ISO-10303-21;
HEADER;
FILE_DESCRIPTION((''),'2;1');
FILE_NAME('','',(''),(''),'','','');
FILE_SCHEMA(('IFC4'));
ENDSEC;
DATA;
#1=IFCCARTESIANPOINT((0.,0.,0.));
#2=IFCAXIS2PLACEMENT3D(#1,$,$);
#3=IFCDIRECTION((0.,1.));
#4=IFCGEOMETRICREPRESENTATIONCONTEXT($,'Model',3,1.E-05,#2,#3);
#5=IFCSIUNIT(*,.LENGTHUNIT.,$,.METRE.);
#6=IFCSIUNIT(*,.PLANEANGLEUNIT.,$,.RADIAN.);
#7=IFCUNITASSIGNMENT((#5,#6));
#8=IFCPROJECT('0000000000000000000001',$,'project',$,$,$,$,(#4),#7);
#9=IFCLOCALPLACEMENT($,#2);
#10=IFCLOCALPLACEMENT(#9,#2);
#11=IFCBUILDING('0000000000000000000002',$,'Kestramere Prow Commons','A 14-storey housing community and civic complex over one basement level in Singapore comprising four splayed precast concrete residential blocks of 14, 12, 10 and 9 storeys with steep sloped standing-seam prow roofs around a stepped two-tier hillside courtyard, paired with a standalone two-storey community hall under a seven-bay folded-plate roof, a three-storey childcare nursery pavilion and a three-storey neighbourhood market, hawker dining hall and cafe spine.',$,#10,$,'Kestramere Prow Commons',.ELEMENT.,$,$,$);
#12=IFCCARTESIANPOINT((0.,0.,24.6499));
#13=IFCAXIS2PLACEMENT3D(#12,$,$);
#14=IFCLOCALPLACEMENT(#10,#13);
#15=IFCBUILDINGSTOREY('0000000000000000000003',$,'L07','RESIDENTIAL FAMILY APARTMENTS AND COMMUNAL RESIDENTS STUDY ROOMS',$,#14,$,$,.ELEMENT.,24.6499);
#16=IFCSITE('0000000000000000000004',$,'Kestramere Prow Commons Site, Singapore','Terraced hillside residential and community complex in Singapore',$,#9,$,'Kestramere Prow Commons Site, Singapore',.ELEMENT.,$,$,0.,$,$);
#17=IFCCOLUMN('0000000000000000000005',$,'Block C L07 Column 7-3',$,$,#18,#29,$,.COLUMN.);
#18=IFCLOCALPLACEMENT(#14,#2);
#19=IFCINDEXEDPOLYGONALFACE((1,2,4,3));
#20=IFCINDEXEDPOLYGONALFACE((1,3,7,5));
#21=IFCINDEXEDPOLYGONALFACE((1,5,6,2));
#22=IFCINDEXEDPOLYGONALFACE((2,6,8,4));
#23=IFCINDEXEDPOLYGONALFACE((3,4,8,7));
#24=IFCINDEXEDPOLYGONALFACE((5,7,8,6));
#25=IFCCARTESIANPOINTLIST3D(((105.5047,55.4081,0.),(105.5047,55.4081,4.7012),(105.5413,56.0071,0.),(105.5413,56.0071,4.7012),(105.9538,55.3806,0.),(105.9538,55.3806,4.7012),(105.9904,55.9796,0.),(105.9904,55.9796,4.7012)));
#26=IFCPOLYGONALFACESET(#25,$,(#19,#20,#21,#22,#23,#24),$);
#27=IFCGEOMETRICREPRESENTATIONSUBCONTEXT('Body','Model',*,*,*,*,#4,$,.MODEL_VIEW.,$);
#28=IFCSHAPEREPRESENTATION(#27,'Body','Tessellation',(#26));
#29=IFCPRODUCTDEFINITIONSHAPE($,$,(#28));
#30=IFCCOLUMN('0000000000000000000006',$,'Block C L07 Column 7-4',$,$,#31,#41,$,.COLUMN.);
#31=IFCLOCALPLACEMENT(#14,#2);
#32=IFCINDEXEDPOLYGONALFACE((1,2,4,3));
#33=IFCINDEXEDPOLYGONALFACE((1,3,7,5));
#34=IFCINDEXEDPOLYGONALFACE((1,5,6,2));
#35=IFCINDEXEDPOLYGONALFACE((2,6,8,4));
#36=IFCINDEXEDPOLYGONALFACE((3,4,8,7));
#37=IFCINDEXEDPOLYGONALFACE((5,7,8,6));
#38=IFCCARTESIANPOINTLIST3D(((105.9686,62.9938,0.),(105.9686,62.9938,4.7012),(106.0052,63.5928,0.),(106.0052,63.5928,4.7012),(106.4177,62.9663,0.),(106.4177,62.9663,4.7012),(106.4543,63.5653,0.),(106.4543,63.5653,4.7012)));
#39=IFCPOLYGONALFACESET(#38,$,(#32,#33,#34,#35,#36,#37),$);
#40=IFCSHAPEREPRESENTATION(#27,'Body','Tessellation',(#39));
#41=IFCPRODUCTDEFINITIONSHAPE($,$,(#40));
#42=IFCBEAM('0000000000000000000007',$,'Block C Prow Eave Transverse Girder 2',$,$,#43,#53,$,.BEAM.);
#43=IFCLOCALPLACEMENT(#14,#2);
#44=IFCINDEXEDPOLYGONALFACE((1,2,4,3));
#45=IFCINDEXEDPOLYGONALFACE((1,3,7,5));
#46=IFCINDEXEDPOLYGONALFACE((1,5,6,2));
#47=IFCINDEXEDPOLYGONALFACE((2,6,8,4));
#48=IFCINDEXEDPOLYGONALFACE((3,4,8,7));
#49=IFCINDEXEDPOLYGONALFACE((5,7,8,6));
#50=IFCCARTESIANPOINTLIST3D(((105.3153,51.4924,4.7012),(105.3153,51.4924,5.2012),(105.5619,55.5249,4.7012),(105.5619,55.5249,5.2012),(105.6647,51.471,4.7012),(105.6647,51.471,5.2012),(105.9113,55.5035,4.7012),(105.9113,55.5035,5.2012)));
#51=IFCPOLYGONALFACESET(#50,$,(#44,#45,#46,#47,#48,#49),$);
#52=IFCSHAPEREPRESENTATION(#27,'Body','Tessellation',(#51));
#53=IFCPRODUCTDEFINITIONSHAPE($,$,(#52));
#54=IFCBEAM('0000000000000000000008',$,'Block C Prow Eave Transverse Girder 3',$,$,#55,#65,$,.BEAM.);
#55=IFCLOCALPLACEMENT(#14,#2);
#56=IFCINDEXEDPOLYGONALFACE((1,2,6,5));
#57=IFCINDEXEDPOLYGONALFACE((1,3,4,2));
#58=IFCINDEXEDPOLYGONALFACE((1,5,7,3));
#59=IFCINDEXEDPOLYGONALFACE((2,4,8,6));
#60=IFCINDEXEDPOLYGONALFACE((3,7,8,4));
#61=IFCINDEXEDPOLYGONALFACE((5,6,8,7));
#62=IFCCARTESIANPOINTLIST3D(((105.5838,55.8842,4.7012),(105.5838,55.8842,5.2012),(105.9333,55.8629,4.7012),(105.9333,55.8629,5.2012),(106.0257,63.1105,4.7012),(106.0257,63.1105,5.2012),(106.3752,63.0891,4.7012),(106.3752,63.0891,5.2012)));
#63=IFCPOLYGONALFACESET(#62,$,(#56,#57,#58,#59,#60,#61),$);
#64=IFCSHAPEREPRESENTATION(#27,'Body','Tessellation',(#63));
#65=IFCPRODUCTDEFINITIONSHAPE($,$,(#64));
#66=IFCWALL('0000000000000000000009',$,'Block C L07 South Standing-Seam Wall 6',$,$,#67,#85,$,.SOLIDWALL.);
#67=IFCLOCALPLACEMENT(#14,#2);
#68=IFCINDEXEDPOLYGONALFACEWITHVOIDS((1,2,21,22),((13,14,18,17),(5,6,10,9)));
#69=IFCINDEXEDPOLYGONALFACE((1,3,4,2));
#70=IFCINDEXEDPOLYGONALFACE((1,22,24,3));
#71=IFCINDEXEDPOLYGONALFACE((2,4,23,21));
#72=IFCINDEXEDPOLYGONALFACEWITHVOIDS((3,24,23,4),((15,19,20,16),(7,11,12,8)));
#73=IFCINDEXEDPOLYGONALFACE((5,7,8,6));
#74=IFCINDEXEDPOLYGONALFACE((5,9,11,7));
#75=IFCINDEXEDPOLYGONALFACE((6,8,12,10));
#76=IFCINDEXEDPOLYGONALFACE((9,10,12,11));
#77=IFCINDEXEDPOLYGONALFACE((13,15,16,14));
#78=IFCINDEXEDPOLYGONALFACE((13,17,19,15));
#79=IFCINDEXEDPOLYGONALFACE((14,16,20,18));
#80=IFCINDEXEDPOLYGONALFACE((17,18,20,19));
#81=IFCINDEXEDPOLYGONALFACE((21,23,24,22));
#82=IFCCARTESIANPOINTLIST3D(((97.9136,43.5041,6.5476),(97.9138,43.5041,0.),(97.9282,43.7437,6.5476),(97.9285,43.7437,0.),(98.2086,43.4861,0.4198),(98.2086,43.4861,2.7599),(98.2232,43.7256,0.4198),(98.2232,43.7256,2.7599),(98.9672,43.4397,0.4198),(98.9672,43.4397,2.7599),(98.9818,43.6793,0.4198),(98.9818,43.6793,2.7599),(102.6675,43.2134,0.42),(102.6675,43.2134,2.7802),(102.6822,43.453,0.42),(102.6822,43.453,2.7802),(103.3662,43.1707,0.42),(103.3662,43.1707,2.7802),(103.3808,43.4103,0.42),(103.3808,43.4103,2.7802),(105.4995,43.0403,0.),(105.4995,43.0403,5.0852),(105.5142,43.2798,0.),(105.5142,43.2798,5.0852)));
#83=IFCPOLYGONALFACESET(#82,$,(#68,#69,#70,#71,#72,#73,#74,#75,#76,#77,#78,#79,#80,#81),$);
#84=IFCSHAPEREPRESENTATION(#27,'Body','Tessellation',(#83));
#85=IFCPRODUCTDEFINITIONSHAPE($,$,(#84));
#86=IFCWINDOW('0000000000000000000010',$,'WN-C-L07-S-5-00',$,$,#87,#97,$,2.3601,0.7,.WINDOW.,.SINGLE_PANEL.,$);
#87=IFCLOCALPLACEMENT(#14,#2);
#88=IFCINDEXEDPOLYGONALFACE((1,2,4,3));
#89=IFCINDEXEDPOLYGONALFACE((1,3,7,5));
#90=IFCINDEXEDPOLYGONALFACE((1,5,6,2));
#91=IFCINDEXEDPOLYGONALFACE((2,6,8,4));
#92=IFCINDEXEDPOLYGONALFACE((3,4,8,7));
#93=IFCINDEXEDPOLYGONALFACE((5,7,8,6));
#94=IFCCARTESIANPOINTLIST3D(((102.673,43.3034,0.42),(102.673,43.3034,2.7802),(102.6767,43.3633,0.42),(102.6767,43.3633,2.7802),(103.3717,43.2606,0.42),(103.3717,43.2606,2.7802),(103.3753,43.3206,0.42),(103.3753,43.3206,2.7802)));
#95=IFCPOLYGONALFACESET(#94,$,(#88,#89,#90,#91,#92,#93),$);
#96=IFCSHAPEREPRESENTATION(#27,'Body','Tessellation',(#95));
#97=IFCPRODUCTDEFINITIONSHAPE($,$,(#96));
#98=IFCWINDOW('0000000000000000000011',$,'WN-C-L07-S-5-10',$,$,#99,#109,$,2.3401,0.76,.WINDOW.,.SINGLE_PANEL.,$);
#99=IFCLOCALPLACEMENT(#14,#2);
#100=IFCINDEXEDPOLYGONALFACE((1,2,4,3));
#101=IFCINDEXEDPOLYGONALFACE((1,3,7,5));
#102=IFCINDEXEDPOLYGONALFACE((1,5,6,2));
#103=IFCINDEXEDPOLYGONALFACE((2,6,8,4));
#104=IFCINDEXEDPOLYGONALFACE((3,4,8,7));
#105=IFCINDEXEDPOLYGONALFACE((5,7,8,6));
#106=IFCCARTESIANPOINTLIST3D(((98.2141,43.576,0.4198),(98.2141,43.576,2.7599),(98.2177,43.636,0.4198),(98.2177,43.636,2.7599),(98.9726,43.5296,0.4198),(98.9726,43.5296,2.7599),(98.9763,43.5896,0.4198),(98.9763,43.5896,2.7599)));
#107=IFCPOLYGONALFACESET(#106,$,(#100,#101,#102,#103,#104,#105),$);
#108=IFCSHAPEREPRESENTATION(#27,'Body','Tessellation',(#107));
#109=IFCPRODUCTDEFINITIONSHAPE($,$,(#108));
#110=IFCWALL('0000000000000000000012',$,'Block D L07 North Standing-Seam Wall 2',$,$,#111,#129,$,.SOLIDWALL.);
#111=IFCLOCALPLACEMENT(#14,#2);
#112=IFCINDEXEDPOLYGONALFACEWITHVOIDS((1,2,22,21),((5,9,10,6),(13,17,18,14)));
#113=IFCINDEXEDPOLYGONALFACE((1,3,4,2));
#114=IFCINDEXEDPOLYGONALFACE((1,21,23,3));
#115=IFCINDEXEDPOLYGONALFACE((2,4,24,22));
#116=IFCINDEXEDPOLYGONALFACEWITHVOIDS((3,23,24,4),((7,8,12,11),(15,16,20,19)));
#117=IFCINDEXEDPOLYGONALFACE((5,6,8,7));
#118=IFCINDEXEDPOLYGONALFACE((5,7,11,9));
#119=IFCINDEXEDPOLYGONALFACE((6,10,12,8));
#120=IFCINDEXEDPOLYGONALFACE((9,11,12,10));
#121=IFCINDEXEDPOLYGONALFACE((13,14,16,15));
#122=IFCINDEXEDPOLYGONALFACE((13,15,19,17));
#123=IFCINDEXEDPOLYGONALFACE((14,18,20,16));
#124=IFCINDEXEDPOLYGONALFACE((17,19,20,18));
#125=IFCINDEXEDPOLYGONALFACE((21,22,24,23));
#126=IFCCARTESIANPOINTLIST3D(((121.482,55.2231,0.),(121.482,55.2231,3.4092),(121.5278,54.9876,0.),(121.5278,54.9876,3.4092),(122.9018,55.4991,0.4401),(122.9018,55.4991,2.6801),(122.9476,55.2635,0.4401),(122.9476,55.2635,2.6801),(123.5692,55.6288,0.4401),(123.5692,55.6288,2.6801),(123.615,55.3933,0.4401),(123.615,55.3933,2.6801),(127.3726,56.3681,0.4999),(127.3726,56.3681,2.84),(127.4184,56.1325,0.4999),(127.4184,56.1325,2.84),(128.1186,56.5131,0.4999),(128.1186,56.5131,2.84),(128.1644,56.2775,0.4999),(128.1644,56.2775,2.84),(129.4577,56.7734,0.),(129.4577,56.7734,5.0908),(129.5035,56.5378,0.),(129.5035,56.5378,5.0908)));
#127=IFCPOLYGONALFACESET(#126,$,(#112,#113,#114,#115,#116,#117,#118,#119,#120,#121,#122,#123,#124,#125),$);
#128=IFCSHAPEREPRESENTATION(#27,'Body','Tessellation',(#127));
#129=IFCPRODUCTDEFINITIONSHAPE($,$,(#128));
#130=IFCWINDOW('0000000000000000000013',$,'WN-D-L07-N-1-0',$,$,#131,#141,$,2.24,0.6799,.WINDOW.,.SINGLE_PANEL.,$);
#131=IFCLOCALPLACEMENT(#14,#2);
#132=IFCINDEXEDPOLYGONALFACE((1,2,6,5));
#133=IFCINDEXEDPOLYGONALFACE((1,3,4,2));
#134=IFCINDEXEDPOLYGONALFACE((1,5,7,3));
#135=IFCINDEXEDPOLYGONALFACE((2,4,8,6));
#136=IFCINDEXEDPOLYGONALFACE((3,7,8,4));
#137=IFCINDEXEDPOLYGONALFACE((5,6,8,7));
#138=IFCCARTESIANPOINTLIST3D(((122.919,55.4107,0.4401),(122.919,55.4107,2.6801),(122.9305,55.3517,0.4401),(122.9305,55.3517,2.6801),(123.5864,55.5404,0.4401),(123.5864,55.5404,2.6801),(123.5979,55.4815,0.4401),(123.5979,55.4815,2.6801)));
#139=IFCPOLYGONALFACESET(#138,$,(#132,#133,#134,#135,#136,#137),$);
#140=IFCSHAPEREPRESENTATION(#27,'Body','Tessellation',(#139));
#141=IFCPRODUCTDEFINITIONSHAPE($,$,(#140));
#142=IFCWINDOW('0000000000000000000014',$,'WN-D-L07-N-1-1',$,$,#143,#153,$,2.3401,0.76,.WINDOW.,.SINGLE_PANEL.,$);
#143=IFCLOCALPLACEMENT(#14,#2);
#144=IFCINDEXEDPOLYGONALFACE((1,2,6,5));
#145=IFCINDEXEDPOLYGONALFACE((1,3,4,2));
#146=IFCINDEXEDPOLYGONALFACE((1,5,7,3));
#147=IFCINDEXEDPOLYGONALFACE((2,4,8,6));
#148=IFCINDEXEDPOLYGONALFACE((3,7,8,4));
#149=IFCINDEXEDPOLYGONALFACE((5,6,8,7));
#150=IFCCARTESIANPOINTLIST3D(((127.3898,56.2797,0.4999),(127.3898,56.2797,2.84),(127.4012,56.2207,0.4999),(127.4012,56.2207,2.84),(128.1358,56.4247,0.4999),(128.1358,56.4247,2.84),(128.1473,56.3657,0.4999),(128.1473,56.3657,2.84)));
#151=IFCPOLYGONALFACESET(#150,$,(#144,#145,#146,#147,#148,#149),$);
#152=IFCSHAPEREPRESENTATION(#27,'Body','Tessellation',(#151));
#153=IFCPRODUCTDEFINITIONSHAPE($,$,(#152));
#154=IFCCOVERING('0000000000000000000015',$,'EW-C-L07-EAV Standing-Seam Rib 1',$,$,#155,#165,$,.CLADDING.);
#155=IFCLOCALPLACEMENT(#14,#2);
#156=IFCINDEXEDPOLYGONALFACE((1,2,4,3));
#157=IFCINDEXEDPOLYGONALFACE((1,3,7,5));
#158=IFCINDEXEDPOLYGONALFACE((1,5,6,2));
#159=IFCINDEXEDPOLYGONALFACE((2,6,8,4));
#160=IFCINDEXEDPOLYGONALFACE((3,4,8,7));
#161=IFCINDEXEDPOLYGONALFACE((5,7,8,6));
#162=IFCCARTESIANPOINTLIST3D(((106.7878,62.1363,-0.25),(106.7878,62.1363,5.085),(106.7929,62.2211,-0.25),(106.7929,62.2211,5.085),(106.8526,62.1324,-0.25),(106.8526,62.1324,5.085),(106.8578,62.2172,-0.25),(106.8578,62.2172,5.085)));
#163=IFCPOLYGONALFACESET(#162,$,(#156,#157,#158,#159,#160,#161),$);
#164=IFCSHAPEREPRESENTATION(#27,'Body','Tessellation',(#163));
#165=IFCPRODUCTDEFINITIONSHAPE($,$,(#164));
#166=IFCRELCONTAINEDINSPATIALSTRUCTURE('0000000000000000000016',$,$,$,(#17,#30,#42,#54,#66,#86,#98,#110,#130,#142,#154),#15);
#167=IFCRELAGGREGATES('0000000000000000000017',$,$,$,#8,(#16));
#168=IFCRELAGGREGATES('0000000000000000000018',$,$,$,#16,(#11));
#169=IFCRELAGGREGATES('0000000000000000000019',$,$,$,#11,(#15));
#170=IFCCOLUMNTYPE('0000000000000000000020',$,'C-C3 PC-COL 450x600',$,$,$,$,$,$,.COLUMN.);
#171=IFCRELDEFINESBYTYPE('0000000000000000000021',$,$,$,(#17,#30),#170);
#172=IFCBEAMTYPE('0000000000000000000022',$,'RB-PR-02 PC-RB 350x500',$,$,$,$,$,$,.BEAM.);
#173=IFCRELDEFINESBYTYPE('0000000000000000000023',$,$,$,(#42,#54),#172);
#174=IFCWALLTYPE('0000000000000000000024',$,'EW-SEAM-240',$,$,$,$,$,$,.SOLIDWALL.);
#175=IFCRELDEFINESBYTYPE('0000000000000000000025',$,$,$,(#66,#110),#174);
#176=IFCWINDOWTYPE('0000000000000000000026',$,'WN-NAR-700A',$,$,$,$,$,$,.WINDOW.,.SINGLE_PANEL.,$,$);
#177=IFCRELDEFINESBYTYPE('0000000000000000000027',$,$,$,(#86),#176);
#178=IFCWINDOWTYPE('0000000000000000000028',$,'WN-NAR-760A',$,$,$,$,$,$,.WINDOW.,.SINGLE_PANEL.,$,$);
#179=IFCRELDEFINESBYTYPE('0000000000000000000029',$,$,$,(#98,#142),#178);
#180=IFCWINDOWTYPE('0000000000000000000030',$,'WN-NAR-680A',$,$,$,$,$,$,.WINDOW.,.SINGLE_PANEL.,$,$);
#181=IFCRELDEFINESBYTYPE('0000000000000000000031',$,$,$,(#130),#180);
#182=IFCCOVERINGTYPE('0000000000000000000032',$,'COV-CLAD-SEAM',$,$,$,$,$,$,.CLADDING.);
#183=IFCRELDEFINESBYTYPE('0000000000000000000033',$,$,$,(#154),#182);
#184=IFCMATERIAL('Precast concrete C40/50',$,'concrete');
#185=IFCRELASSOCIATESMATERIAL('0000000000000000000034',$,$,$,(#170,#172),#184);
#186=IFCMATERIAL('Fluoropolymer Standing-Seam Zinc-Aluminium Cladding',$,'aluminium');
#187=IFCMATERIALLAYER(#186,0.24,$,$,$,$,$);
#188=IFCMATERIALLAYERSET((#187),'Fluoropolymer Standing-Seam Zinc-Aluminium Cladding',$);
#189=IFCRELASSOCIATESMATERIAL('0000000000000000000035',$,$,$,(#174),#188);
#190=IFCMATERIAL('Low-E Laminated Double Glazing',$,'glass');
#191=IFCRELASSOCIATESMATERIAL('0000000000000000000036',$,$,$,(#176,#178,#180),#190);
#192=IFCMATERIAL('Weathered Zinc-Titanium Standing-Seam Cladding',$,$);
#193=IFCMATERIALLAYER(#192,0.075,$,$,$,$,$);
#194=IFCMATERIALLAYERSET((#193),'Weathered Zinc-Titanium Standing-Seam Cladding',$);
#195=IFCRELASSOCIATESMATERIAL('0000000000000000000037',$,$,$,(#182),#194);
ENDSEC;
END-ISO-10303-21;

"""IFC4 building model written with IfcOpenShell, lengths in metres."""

from ifc_helpers import new_model, si_unit, direction, frame, frame_2d, origin, origin_2d, place, context, subcontext, project, spatial, polyline, rectangle, outline, extrude, material, layer, layer_set, material_profile, profile_set, type_object, element, fill, save


model = new_model("IFC4")

# Units and contexts
model_context = context("Model", 3, precision=1e-05, world=origin(), true_north=direction((0.0, 1.0)))
body_context = subcontext(model_context, "Body", "Model", "MODEL_VIEW")
ifc_project = project(units=[si_unit("LENGTHUNIT", "METRE"), si_unit("PLANEANGLEUNIT", "RADIAN")], contexts=[model_context])

# Site, building, storey
site_placement = place(None, origin())
site = spatial("IfcSite", under=ifc_project, at=site_placement, Name="Kestramere Prow Commons Site, Singapore", Description="Terraced hillside residential and community complex in Singapore", LongName="Kestramere Prow Commons Site, Singapore", CompositionType="ELEMENT", RefElevation=0.0)
building_placement = place(site_placement, origin())
building = spatial("IfcBuilding", under=site, at=building_placement, Name="Kestramere Prow Commons", Description="A 14-storey housing community and civic complex over one basement level in Singapore comprising four splayed precast concrete residential blocks of 14, 12, 10 and 9 storeys with steep sloped standing-seam prow roofs around a stepped two-tier hillside courtyard, paired with a standalone two-storey community hall under a seven-bay folded-plate roof, a three-storey childcare nursery pavilion and a three-storey neighbourhood market, hawker dining hall and cafe spine.", LongName="Kestramere Prow Commons", CompositionType="ELEMENT")
storey_placement = place(building_placement, frame((0.0, 0.0, 24.6499)))
storey = spatial("IfcBuildingStorey", under=building, at=storey_placement, Name="L07", Description="RESIDENTIAL FAMILY APARTMENTS AND COMMUNAL RESIDENTS STUDY ROOMS", CompositionType="ELEMENT", Elevation=24.6499)

# Columns
ifc_material_1 = material(Name="Precast concrete C40/50", Category="concrete")
ifc_material_profile_1 = material_profile(ifc_material_1, rectangle(XDim=0.45, YDim=0.6001, at=origin_2d()), Name="PC-COL 450x600")
ifc_profile_set_1 = profile_set([ifc_material_profile_1], Name="Precast concrete C40/50")
column_type = type_object("IfcColumnType", Name="C-C3 PC-COL 450x600", PredefinedType="COLUMN", material=ifc_profile_set_1)
for number, where, z_axis, x_axis, name in (
    (1, (105.7476, 55.6938, 0.0), (0.0, 0.0, 1.0), (0.998135, -0.061049, 0.0), "Block C L07 Column 7-3"),
    (2, (106.2114, 63.2795, 0.0), (0.0, 0.0, 1.0), (0.998135, -0.061049, 0.0), "Block C L07 Column 7-4"),
):
    element("IfcColumn", number, at=place(storey_placement, frame(where, z_axis=z_axis, x_axis=x_axis)), inside=storey, type_object=column_type, Name=name, PredefinedType="COLUMN", context=body_context, shape_type="SweptSolid", body=[
        extrude(rectangle(XDim=0.45, YDim=0.6001, at=origin_2d()), origin(), (0.0, 0.0, 1.0), 4.7012),
    ])

# Beams
ifc_material_profile_2 = material_profile(ifc_material_1, rectangle(XDim=0.3501, YDim=0.5, at=origin_2d()), Name="PC-RB 350x500")
ifc_profile_set_2 = profile_set([ifc_material_profile_2], Name="Precast concrete C40/50")
beam_type = type_object("IfcBeamType", Name="RB-PR-02 PC-RB 350x500", PredefinedType="BEAM", material=ifc_profile_set_2)
beam_1_placement = place(storey_placement, frame((105.49, 51.4817, 4.9512), z_axis=(0.061035, 0.998136, 0.0), x_axis=(-0.998136, 0.061035, 0.0)))
element("IfcBeam", 3, at=beam_1_placement, inside=storey, type_object=beam_type, Name="Block C Prow Eave Transverse Girder 2", PredefinedType="BEAM", context=body_context, shape_type="SweptSolid", body=[
    extrude(rectangle(XDim=0.3501, YDim=0.5, at=origin_2d()), origin(), (0.0, 0.0, 1.0), 4.04),
])
beam_2_placement = place(storey_placement, frame((105.7585, 55.8735, 4.9512), z_axis=(0.061037, 0.998136, 0.0), x_axis=(-0.998136, 0.061037, 0.0)))
element("IfcBeam", 4, at=beam_2_placement, inside=storey, type_object=beam_type, Name="Block C Prow Eave Transverse Girder 3", PredefinedType="BEAM", context=body_context, shape_type="SweptSolid", body=[
    extrude(rectangle(XDim=0.3501, YDim=0.5, at=origin_2d()), origin(), (0.0, 0.0, 1.0), 7.2397),
])

# Walls, openings, windows
ifc_material_2 = material(Name="Fluoropolymer Standing-Seam Zinc-Aluminium Cladding", Category="aluminium")
ifc_layer_1 = layer(ifc_material_2, 0.24)
ifc_layer_set_1 = layer_set([ifc_layer_1], Name="Fluoropolymer Standing-Seam Zinc-Aluminium Cladding")
wall_type = type_object("IfcWallType", Name="EW-SEAM-240", PredefinedType="SOLIDWALL", material=ifc_layer_set_1)
wall_1_placement = place(storey_placement, frame((105.5068, 43.1602, 0.0), z_axis=(0.0, 0.0, 1.0), x_axis=(-0.998136, 0.061036, 0.0)))
wall_1 = element("IfcWall", 5, at=wall_1_placement, inside=storey, type_object=wall_type, Name="Block C L07 South Standing-Seam Wall 6", PredefinedType="SOLIDWALL", context=body_context, shape_type="SweptSolid", body=[
    extrude(outline(polyline([(0.0, 0.0), (7.5999, 0.0), (7.6001, 6.5476), (0.0, 5.0852), (0.0, 0.0)])), frame((0.0, 0.1201, 0.0), z_axis=(0.0, -1.0, 0.0), x_axis=(1.0, 0.0, 0.0)), (0.0, 0.0, 1.0), 0.24),
])
opening_1_placement = place(wall_1_placement, frame((2.1372, 0.0, 0.4199)))
opening_1 = element("IfcOpeningElement", 6, at=opening_1_placement, cuts=wall_1, PredefinedType="OPENING", context=body_context, shape_type="SweptSolid", body=[
    extrude(rectangle(XDim=0.7, YDim=2.3601, at=frame_2d((0.3501, 1.1802))), frame((0.0, 0.135, 0.0), z_axis=(0.0, -1.0, 0.0), x_axis=(1.0, 0.0, 0.0)), (0.0, 0.0, 1.0), 0.27),
])
opening_2_placement = place(wall_1_placement, frame((6.5447, 0.0, 0.4199)))
opening_2 = element("IfcOpeningElement", 7, at=opening_2_placement, cuts=wall_1, PredefinedType="OPENING", context=body_context, shape_type="SweptSolid", body=[
    extrude(rectangle(XDim=0.76, YDim=2.3401, at=frame_2d((0.3799, 1.1699))), frame((0.0, 0.135, 0.0), z_axis=(0.0, -1.0, 0.0), x_axis=(1.0, 0.0, 0.0)), (0.0, 0.0, 1.0), 0.27),
])
ifc_material_3 = material(Name="Low-E Laminated Double Glazing", Category="glass")
window_type_1 = type_object("IfcWindowType", Name="WN-NAR-700A", PartitioningType="SINGLE_PANEL", PredefinedType="WINDOW", material=ifc_material_3)
window_1_placement = place(opening_1_placement, origin())
window_1 = element("IfcWindow", 8, at=window_1_placement, inside=storey, type_object=window_type_1, Name="WN-C-L07-S-5-00", OverallHeight=2.3601, OverallWidth=0.7, PartitioningType="SINGLE_PANEL", PredefinedType="WINDOW", context=body_context, shape_type="SweptSolid", body=[
    extrude(rectangle(XDim=0.7, YDim=2.3601, at=frame_2d((0.3501, 1.1802))), frame((0.0, 0.03, 0.0), z_axis=(0.0, -1.0, 0.0), x_axis=(1.0, 0.0, 0.0)), (0.0, 0.0, 1.0), 0.0601),
])
fill(opening_1, window_1)
window_type_2 = type_object("IfcWindowType", Name="WN-NAR-760A", PartitioningType="SINGLE_PANEL", PredefinedType="WINDOW", material=ifc_material_3)
window_2_placement = place(opening_2_placement, origin())
window_2 = element("IfcWindow", 9, at=window_2_placement, inside=storey, type_object=window_type_2, Name="WN-C-L07-S-5-10", OverallHeight=2.3401, OverallWidth=0.76, PartitioningType="SINGLE_PANEL", PredefinedType="WINDOW", context=body_context, shape_type="SweptSolid", body=[
    extrude(rectangle(XDim=0.76, YDim=2.3401, at=frame_2d((0.3799, 1.1699))), frame((0.0, 0.03, 0.0), z_axis=(0.0, -1.0, 0.0), x_axis=(1.0, 0.0, 0.0)), (0.0, 0.0, 1.0), 0.0601),
])
fill(opening_2, window_2)
wall_2_placement = place(storey_placement, frame((121.5049, 55.1052, 0.0), z_axis=(0.0, 0.0, 1.0), x_axis=(0.981628, 0.190803, 0.0)))
wall_2 = element("IfcWall", 10, at=wall_2_placement, inside=storey, type_object=wall_type, Name="Block D L07 North Standing-Seam Wall 2", PredefinedType="SOLIDWALL", context=body_context, shape_type="SweptSolid", body=[
    extrude(outline(polyline([(0.0, 0.0), (8.125, 0.0), (8.125, 5.0908), (0.0, 3.4092), (0.0, 0.0)])), frame((0.0, 0.1201, 0.0), z_axis=(0.0, -1.0, 0.0), x_axis=(1.0, 0.0, 0.0)), (0.0, 0.0, 1.0), 0.24),
])
opening_3_placement = place(wall_2_placement, frame((1.4465, 0.0, 0.4399)))
opening_3 = element("IfcOpeningElement", 11, at=opening_3_placement, cuts=wall_2, PredefinedType="OPENING", context=body_context, shape_type="SweptSolid", body=[
    extrude(rectangle(XDim=0.6799, YDim=2.24, at=frame_2d((0.3398, 1.1201))), frame((0.0, 0.135, 0.0), z_axis=(0.0, -1.0, 0.0), x_axis=(1.0, 0.0, 0.0)), (0.0, 0.0, 1.0), 0.27),
])
opening_4_placement = place(wall_2_placement, frame((6.001, 0.0, 0.5)))
opening_4 = element("IfcOpeningElement", 12, at=opening_4_placement, cuts=wall_2, PredefinedType="OPENING", context=body_context, shape_type="SweptSolid", body=[
    extrude(rectangle(XDim=0.76, YDim=2.3401, at=frame_2d((0.3799, 1.1699))), frame((0.0, 0.135, 0.0), z_axis=(0.0, -1.0, 0.0), x_axis=(1.0, 0.0, 0.0)), (0.0, 0.0, 1.0), 0.27),
])
window_type_3 = type_object("IfcWindowType", Name="WN-NAR-680A", PartitioningType="SINGLE_PANEL", PredefinedType="WINDOW", material=ifc_material_3)
window_3_placement = place(opening_3_placement, origin())
window_3 = element("IfcWindow", 13, at=window_3_placement, inside=storey, type_object=window_type_3, Name="WN-D-L07-N-1-0", OverallHeight=2.24, OverallWidth=0.6799, PartitioningType="SINGLE_PANEL", PredefinedType="WINDOW", context=body_context, shape_type="SweptSolid", body=[
    extrude(rectangle(XDim=0.6799, YDim=2.24, at=frame_2d((0.3398, 1.1201))), frame((0.0, 0.03, 0.0), z_axis=(0.0, -1.0, 0.0), x_axis=(1.0, 0.0, 0.0)), (0.0, 0.0, 1.0), 0.0601),
])
fill(opening_3, window_3)
window_4_placement = place(opening_4_placement, origin())
window_4 = element("IfcWindow", 14, at=window_4_placement, inside=storey, type_object=window_type_2, Name="WN-D-L07-N-1-1", OverallHeight=2.3401, OverallWidth=0.76, PartitioningType="SINGLE_PANEL", PredefinedType="WINDOW", context=body_context, shape_type="SweptSolid", body=[
    extrude(rectangle(XDim=0.76, YDim=2.3401, at=frame_2d((0.3799, 1.1699))), frame((0.0, 0.03, 0.0), z_axis=(0.0, -1.0, 0.0), x_axis=(1.0, 0.0, 0.0)), (0.0, 0.0, 1.0), 0.0601),
])
fill(opening_4, window_4)

# Covering
ifc_material_4 = material(Name="Weathered Zinc-Titanium Standing-Seam Cladding")
ifc_layer_2 = layer(ifc_material_4, 0.075)
ifc_layer_set_2 = layer_set([ifc_layer_2], Name="Weathered Zinc-Titanium Standing-Seam Cladding")
covering_type = type_object("IfcCoveringType", Name="COV-CLAD-SEAM", PredefinedType="CLADDING", material=ifc_layer_set_2)
for number, where, z_axis, x_axis, name in (
    (15, (106.8228, 62.1768, -0.25), (0.0, 0.0, 1.0), (-0.061049, -0.998135, 0.0), "EW-C-L07-EAV Standing-Seam Rib 1"),
):
    element("IfcCovering", number, at=place(storey_placement, frame(where, z_axis=z_axis, x_axis=x_axis)), inside=storey, type_object=covering_type, Name=name, PredefinedType="CLADDING", context=body_context, shape_type="SweptSolid", body=[
        extrude(rectangle(XDim=0.085, YDim=0.0649, at=origin_2d()), origin(), (0.0, 0.0, 1.0), 5.335),
    ])

save(model, "model.ifc")
